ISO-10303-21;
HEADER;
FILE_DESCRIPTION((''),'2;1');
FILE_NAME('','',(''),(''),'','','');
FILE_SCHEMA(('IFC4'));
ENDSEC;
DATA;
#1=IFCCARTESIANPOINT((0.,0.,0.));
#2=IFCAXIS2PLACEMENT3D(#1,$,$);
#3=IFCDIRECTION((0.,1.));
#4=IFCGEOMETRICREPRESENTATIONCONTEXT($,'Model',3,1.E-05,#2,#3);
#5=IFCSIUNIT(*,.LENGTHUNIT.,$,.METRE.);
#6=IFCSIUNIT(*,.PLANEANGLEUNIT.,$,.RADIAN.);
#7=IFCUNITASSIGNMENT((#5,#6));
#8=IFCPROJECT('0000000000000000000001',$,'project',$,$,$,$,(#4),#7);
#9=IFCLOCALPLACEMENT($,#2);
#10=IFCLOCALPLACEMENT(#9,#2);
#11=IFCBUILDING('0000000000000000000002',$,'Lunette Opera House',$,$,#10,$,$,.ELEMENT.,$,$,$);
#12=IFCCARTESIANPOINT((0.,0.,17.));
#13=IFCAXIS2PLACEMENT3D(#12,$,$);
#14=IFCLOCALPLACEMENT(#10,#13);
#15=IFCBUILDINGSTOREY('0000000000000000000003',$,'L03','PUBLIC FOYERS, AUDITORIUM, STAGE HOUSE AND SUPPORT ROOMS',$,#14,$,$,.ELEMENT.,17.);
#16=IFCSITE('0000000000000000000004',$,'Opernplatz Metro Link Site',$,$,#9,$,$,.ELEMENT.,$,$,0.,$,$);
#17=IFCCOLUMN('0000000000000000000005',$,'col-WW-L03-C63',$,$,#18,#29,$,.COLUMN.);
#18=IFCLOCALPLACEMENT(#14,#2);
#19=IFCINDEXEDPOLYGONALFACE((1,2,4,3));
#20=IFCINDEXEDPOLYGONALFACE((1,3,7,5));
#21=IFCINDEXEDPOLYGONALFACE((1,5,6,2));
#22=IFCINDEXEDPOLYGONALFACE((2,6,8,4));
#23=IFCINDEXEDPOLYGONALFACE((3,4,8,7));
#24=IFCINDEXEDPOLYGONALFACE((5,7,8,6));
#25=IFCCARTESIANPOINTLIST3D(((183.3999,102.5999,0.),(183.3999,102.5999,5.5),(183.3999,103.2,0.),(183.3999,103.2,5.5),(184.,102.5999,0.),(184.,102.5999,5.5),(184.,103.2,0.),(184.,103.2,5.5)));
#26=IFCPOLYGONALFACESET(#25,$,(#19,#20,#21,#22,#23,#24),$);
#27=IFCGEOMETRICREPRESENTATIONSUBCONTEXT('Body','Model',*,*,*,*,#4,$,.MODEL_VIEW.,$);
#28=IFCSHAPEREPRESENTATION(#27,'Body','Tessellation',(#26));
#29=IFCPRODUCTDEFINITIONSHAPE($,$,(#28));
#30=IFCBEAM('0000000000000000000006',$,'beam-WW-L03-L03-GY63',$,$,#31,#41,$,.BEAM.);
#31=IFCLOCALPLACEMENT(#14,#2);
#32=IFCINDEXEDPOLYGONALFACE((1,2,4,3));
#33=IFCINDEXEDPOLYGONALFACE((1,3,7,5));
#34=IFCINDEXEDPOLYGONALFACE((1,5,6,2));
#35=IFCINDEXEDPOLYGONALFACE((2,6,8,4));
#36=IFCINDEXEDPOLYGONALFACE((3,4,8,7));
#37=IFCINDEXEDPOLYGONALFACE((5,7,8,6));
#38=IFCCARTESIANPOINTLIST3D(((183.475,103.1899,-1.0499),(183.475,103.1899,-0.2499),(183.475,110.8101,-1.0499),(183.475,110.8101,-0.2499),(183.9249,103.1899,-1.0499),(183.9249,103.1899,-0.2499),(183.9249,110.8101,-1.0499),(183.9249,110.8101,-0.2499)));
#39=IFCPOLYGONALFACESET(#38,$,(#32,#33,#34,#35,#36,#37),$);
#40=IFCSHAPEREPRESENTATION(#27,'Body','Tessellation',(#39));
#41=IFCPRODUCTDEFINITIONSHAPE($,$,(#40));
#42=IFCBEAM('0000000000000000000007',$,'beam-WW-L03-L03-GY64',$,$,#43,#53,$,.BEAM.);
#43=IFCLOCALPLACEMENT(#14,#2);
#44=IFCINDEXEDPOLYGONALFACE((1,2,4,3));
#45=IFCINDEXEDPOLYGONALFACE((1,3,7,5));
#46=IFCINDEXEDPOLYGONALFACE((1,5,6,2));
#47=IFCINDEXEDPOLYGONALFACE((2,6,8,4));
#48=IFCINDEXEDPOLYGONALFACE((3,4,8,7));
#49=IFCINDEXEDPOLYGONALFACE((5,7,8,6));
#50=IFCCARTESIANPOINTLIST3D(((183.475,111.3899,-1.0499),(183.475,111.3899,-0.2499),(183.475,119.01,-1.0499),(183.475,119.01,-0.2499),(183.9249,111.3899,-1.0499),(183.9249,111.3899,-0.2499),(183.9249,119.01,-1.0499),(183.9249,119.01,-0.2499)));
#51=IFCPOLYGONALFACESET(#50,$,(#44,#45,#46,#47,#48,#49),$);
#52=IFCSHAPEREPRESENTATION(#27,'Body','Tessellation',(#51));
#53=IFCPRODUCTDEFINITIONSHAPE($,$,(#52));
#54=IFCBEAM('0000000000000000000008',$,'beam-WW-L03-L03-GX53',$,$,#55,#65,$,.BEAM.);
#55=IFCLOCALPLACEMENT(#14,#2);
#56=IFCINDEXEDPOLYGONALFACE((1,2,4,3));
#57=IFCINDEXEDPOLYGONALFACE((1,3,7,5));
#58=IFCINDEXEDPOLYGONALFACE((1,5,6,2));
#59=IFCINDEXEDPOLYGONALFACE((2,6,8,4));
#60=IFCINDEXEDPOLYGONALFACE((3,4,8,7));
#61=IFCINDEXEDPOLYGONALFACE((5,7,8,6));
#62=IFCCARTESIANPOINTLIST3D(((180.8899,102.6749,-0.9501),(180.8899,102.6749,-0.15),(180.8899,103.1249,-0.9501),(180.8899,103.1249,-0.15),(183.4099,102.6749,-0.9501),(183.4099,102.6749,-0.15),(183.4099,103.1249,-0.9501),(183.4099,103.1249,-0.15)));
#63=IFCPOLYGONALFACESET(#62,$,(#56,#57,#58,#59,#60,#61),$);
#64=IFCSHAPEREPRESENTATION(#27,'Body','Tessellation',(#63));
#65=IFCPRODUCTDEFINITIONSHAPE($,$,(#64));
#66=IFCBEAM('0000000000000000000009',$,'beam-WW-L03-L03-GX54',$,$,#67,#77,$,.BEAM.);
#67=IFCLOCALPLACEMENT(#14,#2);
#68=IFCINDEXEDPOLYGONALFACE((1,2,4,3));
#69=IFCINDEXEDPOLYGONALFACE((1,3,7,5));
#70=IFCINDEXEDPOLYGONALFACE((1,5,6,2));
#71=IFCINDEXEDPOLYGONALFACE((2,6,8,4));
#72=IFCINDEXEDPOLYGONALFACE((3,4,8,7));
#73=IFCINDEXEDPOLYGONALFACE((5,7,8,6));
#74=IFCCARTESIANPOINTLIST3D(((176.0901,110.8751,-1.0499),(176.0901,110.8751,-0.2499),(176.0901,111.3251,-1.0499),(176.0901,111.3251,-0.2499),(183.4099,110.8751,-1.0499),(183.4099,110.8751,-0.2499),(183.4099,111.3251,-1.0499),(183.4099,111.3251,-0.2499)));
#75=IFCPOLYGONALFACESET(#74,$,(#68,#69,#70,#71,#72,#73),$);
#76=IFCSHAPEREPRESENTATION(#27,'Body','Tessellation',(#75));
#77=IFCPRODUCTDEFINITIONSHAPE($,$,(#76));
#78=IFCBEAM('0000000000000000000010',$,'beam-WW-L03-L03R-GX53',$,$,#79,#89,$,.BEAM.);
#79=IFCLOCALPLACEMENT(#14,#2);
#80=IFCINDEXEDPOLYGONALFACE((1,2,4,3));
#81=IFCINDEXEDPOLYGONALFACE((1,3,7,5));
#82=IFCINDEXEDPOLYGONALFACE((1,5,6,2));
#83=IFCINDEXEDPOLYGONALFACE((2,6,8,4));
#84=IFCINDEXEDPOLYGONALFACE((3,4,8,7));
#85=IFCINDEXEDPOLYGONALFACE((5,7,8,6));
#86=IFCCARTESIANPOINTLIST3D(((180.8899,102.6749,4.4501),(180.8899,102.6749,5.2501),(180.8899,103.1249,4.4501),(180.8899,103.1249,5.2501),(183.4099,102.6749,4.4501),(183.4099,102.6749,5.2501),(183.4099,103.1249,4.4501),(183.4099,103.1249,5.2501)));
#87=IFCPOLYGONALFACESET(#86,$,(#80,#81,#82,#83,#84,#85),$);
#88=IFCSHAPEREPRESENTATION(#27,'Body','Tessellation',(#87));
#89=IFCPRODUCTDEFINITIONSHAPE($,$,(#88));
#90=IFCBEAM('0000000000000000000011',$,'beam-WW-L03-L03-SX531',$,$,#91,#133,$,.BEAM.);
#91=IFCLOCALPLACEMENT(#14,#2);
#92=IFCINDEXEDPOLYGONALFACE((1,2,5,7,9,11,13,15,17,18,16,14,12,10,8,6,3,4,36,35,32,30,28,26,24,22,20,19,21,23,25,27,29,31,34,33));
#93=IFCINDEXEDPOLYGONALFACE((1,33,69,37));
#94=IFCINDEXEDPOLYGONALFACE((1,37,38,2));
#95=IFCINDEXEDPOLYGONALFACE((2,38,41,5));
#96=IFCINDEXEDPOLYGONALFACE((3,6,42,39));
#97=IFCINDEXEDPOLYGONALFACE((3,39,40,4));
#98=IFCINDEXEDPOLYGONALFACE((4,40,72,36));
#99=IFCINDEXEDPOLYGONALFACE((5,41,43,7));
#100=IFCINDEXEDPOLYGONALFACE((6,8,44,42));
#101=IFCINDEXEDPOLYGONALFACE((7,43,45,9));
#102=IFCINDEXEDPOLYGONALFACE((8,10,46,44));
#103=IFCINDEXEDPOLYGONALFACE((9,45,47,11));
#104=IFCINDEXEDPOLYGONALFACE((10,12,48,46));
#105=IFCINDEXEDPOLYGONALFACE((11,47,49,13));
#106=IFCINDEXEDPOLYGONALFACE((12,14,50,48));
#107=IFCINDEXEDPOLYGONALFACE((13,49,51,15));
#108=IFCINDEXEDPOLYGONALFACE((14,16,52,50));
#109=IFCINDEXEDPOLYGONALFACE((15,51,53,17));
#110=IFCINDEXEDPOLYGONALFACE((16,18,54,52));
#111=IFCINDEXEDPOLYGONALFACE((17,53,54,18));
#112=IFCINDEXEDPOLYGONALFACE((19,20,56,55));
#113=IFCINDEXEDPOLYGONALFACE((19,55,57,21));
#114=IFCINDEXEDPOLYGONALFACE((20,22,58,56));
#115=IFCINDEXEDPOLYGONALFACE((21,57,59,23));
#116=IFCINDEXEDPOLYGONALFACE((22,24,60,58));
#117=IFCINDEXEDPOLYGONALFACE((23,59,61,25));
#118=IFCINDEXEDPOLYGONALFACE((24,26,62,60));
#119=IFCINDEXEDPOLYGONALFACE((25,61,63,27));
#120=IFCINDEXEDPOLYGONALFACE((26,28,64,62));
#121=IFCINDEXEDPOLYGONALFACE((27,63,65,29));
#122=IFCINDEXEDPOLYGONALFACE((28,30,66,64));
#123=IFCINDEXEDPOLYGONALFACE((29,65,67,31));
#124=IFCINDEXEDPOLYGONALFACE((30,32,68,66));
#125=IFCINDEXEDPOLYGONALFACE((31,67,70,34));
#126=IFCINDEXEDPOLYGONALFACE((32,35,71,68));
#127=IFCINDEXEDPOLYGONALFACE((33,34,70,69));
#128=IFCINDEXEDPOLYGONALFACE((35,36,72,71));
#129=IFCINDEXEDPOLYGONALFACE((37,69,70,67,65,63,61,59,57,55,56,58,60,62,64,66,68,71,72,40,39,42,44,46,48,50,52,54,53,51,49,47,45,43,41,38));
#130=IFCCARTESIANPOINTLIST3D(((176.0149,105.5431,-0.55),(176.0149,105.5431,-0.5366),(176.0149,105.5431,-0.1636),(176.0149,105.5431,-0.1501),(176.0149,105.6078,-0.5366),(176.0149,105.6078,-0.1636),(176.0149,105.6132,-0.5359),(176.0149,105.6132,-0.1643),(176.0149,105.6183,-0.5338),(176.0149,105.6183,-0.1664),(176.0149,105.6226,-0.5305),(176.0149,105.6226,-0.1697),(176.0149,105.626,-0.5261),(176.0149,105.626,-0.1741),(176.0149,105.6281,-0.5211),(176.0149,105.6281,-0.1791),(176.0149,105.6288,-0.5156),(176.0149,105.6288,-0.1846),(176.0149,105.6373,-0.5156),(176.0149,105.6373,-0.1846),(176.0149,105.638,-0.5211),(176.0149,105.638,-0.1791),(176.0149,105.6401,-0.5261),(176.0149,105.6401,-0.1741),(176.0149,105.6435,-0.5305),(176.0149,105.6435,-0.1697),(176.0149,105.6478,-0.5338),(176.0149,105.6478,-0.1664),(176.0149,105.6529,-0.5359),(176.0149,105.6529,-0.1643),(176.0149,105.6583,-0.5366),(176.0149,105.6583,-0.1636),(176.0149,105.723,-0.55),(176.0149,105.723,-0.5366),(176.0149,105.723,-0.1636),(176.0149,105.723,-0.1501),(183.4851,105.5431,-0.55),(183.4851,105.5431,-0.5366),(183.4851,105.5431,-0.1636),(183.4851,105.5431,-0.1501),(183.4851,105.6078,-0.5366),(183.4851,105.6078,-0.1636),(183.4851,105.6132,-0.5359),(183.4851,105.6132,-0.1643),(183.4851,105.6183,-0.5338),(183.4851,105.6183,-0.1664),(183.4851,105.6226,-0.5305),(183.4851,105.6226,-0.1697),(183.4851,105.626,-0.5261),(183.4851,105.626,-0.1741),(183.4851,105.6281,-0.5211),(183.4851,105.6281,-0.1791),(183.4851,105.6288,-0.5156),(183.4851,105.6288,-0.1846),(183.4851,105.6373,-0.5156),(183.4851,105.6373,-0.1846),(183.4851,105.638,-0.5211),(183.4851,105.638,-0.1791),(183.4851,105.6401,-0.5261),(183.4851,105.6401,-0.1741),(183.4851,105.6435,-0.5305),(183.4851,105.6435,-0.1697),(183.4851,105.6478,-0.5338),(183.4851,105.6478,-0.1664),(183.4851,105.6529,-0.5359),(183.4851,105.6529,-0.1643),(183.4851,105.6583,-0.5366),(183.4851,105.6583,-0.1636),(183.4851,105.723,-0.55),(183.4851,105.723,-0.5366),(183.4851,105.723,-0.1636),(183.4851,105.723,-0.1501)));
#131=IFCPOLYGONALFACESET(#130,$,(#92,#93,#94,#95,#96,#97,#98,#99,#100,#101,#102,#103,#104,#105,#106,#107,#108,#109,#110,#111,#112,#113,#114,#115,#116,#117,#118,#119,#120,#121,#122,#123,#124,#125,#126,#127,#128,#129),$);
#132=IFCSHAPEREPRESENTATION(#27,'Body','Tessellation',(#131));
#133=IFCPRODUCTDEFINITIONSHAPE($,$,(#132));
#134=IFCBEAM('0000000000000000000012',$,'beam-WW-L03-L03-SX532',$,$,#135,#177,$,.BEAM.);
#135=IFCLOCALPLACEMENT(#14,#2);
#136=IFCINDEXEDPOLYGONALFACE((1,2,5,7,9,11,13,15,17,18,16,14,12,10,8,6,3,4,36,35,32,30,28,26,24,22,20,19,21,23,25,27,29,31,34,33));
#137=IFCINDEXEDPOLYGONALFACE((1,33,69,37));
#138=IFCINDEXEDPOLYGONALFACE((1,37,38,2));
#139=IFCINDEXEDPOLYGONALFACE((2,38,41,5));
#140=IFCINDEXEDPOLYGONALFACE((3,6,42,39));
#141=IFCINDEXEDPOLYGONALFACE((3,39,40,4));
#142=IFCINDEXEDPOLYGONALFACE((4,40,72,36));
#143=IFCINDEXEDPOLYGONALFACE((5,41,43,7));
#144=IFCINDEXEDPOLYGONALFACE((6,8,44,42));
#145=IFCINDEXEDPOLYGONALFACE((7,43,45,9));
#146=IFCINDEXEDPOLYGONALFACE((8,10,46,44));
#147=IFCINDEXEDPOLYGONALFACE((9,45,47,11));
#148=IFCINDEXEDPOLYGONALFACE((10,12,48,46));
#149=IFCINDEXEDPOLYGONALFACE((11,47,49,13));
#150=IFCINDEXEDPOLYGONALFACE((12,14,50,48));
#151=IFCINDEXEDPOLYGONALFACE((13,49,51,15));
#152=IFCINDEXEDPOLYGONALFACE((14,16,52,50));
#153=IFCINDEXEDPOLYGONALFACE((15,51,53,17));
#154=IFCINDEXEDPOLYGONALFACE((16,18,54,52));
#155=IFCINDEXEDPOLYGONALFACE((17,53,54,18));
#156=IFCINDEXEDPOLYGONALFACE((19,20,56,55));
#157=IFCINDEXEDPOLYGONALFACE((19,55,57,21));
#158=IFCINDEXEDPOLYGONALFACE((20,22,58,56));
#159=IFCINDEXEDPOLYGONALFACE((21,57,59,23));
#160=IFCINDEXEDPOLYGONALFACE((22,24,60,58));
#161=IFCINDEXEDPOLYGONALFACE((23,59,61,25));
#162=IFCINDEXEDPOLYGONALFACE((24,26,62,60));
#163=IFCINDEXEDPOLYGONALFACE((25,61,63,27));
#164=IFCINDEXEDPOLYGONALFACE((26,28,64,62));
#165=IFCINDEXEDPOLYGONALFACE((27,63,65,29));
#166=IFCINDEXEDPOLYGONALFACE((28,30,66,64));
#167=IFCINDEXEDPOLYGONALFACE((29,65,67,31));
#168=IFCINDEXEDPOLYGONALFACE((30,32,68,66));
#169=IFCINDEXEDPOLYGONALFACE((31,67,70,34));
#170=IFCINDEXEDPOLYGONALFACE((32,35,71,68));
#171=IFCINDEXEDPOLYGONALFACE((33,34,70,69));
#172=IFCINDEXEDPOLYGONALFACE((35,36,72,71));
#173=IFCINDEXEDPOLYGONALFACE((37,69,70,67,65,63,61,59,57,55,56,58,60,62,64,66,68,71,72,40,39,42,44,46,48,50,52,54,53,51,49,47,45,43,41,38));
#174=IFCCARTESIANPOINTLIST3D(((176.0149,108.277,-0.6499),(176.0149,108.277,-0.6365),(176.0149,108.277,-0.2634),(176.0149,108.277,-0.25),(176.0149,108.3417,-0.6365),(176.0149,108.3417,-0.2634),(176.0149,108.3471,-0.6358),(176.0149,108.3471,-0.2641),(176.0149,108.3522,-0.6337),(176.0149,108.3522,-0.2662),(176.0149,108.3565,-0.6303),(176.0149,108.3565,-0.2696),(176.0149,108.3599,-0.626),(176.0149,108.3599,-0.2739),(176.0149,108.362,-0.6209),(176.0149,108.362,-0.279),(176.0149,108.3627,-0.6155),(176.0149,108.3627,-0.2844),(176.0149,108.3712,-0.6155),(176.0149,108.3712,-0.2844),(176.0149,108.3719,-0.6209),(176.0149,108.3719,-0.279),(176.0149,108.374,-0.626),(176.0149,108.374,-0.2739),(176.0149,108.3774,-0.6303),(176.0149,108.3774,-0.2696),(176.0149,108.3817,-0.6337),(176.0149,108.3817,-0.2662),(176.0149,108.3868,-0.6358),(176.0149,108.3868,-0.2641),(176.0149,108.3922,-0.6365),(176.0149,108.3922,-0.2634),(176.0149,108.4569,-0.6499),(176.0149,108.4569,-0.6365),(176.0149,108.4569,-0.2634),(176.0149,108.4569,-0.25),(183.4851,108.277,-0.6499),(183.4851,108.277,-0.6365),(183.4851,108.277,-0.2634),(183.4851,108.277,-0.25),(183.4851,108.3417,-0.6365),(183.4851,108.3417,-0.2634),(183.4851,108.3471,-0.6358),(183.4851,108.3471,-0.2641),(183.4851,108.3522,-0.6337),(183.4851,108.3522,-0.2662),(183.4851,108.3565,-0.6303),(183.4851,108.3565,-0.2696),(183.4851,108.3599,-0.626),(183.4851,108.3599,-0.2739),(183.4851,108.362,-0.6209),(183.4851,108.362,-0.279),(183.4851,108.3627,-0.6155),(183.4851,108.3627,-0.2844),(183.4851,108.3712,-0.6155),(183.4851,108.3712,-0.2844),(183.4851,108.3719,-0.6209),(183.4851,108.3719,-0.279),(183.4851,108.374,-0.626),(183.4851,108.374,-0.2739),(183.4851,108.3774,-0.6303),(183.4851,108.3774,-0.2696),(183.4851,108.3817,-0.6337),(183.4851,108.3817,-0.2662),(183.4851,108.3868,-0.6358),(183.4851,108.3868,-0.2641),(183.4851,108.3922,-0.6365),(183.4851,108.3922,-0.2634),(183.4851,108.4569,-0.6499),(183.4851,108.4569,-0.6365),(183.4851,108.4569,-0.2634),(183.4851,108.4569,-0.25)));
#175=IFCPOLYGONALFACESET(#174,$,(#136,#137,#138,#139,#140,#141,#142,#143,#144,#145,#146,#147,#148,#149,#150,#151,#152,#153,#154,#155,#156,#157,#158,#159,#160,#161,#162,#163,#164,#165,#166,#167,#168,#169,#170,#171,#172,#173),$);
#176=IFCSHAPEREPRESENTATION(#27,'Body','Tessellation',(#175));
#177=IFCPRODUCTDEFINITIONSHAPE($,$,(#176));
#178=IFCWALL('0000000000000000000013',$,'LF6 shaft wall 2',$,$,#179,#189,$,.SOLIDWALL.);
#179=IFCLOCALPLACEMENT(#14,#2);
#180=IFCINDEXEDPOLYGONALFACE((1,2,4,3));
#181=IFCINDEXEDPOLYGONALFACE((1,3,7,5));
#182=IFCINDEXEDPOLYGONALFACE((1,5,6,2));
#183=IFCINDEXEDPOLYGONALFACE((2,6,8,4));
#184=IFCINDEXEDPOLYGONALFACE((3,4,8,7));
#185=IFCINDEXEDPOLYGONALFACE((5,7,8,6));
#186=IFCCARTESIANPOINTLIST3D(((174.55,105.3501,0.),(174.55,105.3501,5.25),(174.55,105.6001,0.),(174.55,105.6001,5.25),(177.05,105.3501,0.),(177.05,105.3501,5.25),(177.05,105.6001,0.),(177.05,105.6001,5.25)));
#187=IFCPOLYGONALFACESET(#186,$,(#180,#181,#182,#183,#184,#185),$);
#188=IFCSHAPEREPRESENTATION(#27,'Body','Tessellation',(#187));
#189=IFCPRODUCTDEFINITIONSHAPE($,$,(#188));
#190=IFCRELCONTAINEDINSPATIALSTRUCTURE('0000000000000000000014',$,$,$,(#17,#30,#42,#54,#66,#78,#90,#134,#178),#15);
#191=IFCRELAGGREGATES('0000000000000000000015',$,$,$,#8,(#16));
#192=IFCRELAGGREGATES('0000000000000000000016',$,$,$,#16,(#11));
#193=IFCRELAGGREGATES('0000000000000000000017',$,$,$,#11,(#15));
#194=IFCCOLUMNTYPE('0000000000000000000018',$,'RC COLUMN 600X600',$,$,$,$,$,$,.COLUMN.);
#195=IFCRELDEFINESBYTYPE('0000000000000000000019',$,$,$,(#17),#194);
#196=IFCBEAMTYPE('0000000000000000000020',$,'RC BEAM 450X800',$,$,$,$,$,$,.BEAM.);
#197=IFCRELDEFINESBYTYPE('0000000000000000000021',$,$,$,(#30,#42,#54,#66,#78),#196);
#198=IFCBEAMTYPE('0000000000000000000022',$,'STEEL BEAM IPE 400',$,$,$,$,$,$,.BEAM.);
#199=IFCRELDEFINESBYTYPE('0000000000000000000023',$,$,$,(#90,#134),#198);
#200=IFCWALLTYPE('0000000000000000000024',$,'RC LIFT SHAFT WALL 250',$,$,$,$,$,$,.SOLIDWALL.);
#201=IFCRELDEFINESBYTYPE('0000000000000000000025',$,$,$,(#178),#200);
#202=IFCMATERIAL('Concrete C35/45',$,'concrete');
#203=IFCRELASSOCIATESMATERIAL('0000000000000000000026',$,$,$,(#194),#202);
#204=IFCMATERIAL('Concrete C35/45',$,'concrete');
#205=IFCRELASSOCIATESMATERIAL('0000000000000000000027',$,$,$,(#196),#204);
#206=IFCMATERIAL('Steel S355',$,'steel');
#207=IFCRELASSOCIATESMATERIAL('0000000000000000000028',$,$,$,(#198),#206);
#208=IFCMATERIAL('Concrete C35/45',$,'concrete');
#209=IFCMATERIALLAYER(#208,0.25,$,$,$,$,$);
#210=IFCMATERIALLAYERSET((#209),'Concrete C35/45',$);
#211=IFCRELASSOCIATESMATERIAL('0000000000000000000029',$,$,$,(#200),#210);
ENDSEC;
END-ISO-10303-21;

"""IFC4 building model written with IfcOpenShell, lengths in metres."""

from ifc_helpers import new_model, si_unit, direction, frame, frame_2d, origin, origin_2d, place, context, subcontext, project, spatial, rectangle, i_section, extrude, material, layer, layer_set, material_profile, profile_set, type_object, element, save


model = new_model("IFC4")

# Units and contexts
model_context = context("Model", 3, precision=1e-05, world=origin(), true_north=direction((0.0, 1.0)))
body_context = subcontext(model_context, "Body", "Model", "MODEL_VIEW")
ifc_project = project(units=[si_unit("LENGTHUNIT", "METRE"), si_unit("PLANEANGLEUNIT", "RADIAN")], contexts=[model_context])

# Site, building, storey
site_placement = place(None, origin())
site = spatial("IfcSite", under=ifc_project, at=site_placement, Name="Opernplatz Metro Link Site", CompositionType="ELEMENT", RefElevation=0.0)
building_placement = place(site_placement, origin())
building = spatial("IfcBuilding", under=site, at=building_placement, Name="Lunette Opera House", CompositionType="ELEMENT")
storey_placement = place(building_placement, frame((0.0, 0.0, 17.0)))
storey = spatial("IfcBuildingStorey", under=building, at=storey_placement, Name="L03", Description="PUBLIC FOYERS, AUDITORIUM, STAGE HOUSE AND SUPPORT ROOMS", CompositionType="ELEMENT", Elevation=17.0)

# Column
ifc_material_1 = material(Name="Concrete C35/45", Category="concrete")
ifc_material_profile_1 = material_profile(ifc_material_1, rectangle(XDim=0.6001, YDim=0.6001, at=origin_2d()), Name="RC COLUMN 600X600")
ifc_profile_set_1 = profile_set([ifc_material_profile_1], Name="Concrete C35/45")
column_type = type_object("IfcColumnType", Name="RC COLUMN 600X600", PredefinedType="COLUMN", material=ifc_profile_set_1)
column_placement = place(storey_placement, frame((183.7, 102.8999, 0.0), z_axis=(0.0, 0.0, 1.0), x_axis=(1.0, 0.0, 0.0)))
element("IfcColumn", 1, at=column_placement, inside=storey, type_object=column_type, Name="col-WW-L03-C63", PredefinedType="COLUMN", context=body_context, shape_type="SweptSolid", body=[
    extrude(rectangle(XDim=0.6001, YDim=0.6001, at=origin_2d()), origin(), (0.0, 0.0, 1.0), 5.5),
])

# Beams
ifc_material_2 = material(Name="Concrete C35/45", Category="concrete")
ifc_material_profile_2 = material_profile(ifc_material_2, rectangle(XDim=0.45, YDim=0.8, at=origin_2d()), Name="RC BEAM 450X800")
ifc_profile_set_2 = profile_set([ifc_material_profile_2], Name="Concrete C35/45")
beam_type_1 = type_object("IfcBeamType", Name="RC BEAM 450X800", PredefinedType="BEAM", material=ifc_profile_set_2)
for number, where, z_axis, x_axis, name in (
    (2, (183.7, 103.1899, -0.6499), (0.0, 1.0, 0.0), (-1.0, 0.0, 0.0), "beam-WW-L03-L03-GY63"),
    (3, (183.7, 111.3899, -0.6499), (0.0, 1.0, 0.0), (-1.0, 0.0, 0.0), "beam-WW-L03-L03-GY64"),
):
    element("IfcBeam", number, at=place(storey_placement, frame(where, z_axis=z_axis, x_axis=x_axis)), inside=storey, type_object=beam_type_1, Name=name, PredefinedType="BEAM", context=body_context, shape_type="SweptSolid", body=[
        extrude(rectangle(XDim=0.45, YDim=0.8, at=origin_2d()), origin(), (0.0, 0.0, 1.0), 7.6201),
    ])
beam_1_placement = place(storey_placement, frame((180.8899, 102.8999, -0.55), z_axis=(1.0, 0.0, 0.0), x_axis=(0.0, 1.0, 0.0)))
element("IfcBeam", 4, at=beam_1_placement, inside=storey, type_object=beam_type_1, Name="beam-WW-L03-L03-GX53", PredefinedType="BEAM", context=body_context, shape_type="SweptSolid", body=[
    extrude(rectangle(XDim=0.45, YDim=0.8, at=origin_2d()), origin(), (0.0, 0.0, 1.0), 2.52),
])
beam_2_placement = place(storey_placement, frame((176.0901, 111.1001, -0.6499), z_axis=(1.0, 0.0, 0.0), x_axis=(0.0, 1.0, 0.0)))
element("IfcBeam", 5, at=beam_2_placement, inside=storey, type_object=beam_type_1, Name="beam-WW-L03-L03-GX54", PredefinedType="BEAM", context=body_context, shape_type="SweptSolid", body=[
    extrude(rectangle(XDim=0.45, YDim=0.8, at=origin_2d()), origin(), (0.0, 0.0, 1.0), 7.3198),
])
beam_3_placement = place(storey_placement, frame((180.8899, 102.8999, 4.8501), z_axis=(1.0, 0.0, 0.0), x_axis=(0.0, 1.0, 0.0)))
element("IfcBeam", 6, at=beam_3_placement, inside=storey, type_object=beam_type_1, Name="beam-WW-L03-L03R-GX53", PredefinedType="BEAM", context=body_context, shape_type="SweptSolid", body=[
    extrude(rectangle(XDim=0.45, YDim=0.8, at=origin_2d()), origin(), (0.0, 0.0, 1.0), 2.52),
])
ifc_material_3 = material(Name="Steel S355", Category="steel")
ifc_material_profile_3 = material_profile(ifc_material_3, i_section(OverallWidth=0.1799, OverallDepth=0.3999, WebThickness=0.0085, FlangeThickness=0.0134, FilletRadius=0.021, at=origin_2d()), Name="IPE 400")
ifc_profile_set_3 = profile_set([ifc_material_profile_3], Name="Steel S355")
beam_type_2 = type_object("IfcBeamType", Name="STEEL BEAM IPE 400", PredefinedType="BEAM", material=ifc_profile_set_3)
for number, where, z_axis, x_axis, name in (
    (7, (176.0149, 105.6331, -0.3501), (1.0, 0.0, 0.0), (0.0, 1.0, 0.0), "beam-WW-L03-L03-SX531"),
    (8, (176.0149, 108.3669, -0.45), (1.0, 0.0, 0.0), (0.0, 1.0, 0.0), "beam-WW-L03-L03-SX532"),
):
    element("IfcBeam", number, at=place(storey_placement, frame(where, z_axis=z_axis, x_axis=x_axis)), inside=storey, type_object=beam_type_2, Name=name, PredefinedType="BEAM", context=body_context, shape_type="SweptSolid", body=[
        extrude(i_section(OverallWidth=0.1799, OverallDepth=0.3999, WebThickness=0.0085, FlangeThickness=0.0134, FilletRadius=0.021, at=origin_2d()), origin(), (0.0, 0.0, 1.0), 7.4702),
    ])

# Wall
ifc_material_4 = material(Name="Concrete C35/45", Category="concrete")
ifc_layer_1 = layer(ifc_material_4, 0.25)
ifc_layer_set_1 = layer_set([ifc_layer_1], Name="Concrete C35/45")
wall_type_1 = type_object("IfcWallType", Name="RC LIFT SHAFT WALL 250", PredefinedType="SOLIDWALL", material=ifc_layer_set_1)
wall_1_placement = place(storey_placement, frame((177.05, 105.4751, 0.0), z_axis=(0.0, 0.0, 1.0), x_axis=(-1.0, 0.0, 0.0)))
element("IfcWall", 9, at=wall_1_placement, inside=storey, type_object=wall_type_1, Name="LF6 shaft wall 2", PredefinedType="SOLIDWALL", context=body_context, shape_type="SweptSolid", body=[
    extrude(rectangle(XDim=2.5, YDim=0.25, at=frame_2d((1.25, 0.0))), origin(), (0.0, 0.0, 1.0), 5.25),
])

save(model, "model.ifc")
